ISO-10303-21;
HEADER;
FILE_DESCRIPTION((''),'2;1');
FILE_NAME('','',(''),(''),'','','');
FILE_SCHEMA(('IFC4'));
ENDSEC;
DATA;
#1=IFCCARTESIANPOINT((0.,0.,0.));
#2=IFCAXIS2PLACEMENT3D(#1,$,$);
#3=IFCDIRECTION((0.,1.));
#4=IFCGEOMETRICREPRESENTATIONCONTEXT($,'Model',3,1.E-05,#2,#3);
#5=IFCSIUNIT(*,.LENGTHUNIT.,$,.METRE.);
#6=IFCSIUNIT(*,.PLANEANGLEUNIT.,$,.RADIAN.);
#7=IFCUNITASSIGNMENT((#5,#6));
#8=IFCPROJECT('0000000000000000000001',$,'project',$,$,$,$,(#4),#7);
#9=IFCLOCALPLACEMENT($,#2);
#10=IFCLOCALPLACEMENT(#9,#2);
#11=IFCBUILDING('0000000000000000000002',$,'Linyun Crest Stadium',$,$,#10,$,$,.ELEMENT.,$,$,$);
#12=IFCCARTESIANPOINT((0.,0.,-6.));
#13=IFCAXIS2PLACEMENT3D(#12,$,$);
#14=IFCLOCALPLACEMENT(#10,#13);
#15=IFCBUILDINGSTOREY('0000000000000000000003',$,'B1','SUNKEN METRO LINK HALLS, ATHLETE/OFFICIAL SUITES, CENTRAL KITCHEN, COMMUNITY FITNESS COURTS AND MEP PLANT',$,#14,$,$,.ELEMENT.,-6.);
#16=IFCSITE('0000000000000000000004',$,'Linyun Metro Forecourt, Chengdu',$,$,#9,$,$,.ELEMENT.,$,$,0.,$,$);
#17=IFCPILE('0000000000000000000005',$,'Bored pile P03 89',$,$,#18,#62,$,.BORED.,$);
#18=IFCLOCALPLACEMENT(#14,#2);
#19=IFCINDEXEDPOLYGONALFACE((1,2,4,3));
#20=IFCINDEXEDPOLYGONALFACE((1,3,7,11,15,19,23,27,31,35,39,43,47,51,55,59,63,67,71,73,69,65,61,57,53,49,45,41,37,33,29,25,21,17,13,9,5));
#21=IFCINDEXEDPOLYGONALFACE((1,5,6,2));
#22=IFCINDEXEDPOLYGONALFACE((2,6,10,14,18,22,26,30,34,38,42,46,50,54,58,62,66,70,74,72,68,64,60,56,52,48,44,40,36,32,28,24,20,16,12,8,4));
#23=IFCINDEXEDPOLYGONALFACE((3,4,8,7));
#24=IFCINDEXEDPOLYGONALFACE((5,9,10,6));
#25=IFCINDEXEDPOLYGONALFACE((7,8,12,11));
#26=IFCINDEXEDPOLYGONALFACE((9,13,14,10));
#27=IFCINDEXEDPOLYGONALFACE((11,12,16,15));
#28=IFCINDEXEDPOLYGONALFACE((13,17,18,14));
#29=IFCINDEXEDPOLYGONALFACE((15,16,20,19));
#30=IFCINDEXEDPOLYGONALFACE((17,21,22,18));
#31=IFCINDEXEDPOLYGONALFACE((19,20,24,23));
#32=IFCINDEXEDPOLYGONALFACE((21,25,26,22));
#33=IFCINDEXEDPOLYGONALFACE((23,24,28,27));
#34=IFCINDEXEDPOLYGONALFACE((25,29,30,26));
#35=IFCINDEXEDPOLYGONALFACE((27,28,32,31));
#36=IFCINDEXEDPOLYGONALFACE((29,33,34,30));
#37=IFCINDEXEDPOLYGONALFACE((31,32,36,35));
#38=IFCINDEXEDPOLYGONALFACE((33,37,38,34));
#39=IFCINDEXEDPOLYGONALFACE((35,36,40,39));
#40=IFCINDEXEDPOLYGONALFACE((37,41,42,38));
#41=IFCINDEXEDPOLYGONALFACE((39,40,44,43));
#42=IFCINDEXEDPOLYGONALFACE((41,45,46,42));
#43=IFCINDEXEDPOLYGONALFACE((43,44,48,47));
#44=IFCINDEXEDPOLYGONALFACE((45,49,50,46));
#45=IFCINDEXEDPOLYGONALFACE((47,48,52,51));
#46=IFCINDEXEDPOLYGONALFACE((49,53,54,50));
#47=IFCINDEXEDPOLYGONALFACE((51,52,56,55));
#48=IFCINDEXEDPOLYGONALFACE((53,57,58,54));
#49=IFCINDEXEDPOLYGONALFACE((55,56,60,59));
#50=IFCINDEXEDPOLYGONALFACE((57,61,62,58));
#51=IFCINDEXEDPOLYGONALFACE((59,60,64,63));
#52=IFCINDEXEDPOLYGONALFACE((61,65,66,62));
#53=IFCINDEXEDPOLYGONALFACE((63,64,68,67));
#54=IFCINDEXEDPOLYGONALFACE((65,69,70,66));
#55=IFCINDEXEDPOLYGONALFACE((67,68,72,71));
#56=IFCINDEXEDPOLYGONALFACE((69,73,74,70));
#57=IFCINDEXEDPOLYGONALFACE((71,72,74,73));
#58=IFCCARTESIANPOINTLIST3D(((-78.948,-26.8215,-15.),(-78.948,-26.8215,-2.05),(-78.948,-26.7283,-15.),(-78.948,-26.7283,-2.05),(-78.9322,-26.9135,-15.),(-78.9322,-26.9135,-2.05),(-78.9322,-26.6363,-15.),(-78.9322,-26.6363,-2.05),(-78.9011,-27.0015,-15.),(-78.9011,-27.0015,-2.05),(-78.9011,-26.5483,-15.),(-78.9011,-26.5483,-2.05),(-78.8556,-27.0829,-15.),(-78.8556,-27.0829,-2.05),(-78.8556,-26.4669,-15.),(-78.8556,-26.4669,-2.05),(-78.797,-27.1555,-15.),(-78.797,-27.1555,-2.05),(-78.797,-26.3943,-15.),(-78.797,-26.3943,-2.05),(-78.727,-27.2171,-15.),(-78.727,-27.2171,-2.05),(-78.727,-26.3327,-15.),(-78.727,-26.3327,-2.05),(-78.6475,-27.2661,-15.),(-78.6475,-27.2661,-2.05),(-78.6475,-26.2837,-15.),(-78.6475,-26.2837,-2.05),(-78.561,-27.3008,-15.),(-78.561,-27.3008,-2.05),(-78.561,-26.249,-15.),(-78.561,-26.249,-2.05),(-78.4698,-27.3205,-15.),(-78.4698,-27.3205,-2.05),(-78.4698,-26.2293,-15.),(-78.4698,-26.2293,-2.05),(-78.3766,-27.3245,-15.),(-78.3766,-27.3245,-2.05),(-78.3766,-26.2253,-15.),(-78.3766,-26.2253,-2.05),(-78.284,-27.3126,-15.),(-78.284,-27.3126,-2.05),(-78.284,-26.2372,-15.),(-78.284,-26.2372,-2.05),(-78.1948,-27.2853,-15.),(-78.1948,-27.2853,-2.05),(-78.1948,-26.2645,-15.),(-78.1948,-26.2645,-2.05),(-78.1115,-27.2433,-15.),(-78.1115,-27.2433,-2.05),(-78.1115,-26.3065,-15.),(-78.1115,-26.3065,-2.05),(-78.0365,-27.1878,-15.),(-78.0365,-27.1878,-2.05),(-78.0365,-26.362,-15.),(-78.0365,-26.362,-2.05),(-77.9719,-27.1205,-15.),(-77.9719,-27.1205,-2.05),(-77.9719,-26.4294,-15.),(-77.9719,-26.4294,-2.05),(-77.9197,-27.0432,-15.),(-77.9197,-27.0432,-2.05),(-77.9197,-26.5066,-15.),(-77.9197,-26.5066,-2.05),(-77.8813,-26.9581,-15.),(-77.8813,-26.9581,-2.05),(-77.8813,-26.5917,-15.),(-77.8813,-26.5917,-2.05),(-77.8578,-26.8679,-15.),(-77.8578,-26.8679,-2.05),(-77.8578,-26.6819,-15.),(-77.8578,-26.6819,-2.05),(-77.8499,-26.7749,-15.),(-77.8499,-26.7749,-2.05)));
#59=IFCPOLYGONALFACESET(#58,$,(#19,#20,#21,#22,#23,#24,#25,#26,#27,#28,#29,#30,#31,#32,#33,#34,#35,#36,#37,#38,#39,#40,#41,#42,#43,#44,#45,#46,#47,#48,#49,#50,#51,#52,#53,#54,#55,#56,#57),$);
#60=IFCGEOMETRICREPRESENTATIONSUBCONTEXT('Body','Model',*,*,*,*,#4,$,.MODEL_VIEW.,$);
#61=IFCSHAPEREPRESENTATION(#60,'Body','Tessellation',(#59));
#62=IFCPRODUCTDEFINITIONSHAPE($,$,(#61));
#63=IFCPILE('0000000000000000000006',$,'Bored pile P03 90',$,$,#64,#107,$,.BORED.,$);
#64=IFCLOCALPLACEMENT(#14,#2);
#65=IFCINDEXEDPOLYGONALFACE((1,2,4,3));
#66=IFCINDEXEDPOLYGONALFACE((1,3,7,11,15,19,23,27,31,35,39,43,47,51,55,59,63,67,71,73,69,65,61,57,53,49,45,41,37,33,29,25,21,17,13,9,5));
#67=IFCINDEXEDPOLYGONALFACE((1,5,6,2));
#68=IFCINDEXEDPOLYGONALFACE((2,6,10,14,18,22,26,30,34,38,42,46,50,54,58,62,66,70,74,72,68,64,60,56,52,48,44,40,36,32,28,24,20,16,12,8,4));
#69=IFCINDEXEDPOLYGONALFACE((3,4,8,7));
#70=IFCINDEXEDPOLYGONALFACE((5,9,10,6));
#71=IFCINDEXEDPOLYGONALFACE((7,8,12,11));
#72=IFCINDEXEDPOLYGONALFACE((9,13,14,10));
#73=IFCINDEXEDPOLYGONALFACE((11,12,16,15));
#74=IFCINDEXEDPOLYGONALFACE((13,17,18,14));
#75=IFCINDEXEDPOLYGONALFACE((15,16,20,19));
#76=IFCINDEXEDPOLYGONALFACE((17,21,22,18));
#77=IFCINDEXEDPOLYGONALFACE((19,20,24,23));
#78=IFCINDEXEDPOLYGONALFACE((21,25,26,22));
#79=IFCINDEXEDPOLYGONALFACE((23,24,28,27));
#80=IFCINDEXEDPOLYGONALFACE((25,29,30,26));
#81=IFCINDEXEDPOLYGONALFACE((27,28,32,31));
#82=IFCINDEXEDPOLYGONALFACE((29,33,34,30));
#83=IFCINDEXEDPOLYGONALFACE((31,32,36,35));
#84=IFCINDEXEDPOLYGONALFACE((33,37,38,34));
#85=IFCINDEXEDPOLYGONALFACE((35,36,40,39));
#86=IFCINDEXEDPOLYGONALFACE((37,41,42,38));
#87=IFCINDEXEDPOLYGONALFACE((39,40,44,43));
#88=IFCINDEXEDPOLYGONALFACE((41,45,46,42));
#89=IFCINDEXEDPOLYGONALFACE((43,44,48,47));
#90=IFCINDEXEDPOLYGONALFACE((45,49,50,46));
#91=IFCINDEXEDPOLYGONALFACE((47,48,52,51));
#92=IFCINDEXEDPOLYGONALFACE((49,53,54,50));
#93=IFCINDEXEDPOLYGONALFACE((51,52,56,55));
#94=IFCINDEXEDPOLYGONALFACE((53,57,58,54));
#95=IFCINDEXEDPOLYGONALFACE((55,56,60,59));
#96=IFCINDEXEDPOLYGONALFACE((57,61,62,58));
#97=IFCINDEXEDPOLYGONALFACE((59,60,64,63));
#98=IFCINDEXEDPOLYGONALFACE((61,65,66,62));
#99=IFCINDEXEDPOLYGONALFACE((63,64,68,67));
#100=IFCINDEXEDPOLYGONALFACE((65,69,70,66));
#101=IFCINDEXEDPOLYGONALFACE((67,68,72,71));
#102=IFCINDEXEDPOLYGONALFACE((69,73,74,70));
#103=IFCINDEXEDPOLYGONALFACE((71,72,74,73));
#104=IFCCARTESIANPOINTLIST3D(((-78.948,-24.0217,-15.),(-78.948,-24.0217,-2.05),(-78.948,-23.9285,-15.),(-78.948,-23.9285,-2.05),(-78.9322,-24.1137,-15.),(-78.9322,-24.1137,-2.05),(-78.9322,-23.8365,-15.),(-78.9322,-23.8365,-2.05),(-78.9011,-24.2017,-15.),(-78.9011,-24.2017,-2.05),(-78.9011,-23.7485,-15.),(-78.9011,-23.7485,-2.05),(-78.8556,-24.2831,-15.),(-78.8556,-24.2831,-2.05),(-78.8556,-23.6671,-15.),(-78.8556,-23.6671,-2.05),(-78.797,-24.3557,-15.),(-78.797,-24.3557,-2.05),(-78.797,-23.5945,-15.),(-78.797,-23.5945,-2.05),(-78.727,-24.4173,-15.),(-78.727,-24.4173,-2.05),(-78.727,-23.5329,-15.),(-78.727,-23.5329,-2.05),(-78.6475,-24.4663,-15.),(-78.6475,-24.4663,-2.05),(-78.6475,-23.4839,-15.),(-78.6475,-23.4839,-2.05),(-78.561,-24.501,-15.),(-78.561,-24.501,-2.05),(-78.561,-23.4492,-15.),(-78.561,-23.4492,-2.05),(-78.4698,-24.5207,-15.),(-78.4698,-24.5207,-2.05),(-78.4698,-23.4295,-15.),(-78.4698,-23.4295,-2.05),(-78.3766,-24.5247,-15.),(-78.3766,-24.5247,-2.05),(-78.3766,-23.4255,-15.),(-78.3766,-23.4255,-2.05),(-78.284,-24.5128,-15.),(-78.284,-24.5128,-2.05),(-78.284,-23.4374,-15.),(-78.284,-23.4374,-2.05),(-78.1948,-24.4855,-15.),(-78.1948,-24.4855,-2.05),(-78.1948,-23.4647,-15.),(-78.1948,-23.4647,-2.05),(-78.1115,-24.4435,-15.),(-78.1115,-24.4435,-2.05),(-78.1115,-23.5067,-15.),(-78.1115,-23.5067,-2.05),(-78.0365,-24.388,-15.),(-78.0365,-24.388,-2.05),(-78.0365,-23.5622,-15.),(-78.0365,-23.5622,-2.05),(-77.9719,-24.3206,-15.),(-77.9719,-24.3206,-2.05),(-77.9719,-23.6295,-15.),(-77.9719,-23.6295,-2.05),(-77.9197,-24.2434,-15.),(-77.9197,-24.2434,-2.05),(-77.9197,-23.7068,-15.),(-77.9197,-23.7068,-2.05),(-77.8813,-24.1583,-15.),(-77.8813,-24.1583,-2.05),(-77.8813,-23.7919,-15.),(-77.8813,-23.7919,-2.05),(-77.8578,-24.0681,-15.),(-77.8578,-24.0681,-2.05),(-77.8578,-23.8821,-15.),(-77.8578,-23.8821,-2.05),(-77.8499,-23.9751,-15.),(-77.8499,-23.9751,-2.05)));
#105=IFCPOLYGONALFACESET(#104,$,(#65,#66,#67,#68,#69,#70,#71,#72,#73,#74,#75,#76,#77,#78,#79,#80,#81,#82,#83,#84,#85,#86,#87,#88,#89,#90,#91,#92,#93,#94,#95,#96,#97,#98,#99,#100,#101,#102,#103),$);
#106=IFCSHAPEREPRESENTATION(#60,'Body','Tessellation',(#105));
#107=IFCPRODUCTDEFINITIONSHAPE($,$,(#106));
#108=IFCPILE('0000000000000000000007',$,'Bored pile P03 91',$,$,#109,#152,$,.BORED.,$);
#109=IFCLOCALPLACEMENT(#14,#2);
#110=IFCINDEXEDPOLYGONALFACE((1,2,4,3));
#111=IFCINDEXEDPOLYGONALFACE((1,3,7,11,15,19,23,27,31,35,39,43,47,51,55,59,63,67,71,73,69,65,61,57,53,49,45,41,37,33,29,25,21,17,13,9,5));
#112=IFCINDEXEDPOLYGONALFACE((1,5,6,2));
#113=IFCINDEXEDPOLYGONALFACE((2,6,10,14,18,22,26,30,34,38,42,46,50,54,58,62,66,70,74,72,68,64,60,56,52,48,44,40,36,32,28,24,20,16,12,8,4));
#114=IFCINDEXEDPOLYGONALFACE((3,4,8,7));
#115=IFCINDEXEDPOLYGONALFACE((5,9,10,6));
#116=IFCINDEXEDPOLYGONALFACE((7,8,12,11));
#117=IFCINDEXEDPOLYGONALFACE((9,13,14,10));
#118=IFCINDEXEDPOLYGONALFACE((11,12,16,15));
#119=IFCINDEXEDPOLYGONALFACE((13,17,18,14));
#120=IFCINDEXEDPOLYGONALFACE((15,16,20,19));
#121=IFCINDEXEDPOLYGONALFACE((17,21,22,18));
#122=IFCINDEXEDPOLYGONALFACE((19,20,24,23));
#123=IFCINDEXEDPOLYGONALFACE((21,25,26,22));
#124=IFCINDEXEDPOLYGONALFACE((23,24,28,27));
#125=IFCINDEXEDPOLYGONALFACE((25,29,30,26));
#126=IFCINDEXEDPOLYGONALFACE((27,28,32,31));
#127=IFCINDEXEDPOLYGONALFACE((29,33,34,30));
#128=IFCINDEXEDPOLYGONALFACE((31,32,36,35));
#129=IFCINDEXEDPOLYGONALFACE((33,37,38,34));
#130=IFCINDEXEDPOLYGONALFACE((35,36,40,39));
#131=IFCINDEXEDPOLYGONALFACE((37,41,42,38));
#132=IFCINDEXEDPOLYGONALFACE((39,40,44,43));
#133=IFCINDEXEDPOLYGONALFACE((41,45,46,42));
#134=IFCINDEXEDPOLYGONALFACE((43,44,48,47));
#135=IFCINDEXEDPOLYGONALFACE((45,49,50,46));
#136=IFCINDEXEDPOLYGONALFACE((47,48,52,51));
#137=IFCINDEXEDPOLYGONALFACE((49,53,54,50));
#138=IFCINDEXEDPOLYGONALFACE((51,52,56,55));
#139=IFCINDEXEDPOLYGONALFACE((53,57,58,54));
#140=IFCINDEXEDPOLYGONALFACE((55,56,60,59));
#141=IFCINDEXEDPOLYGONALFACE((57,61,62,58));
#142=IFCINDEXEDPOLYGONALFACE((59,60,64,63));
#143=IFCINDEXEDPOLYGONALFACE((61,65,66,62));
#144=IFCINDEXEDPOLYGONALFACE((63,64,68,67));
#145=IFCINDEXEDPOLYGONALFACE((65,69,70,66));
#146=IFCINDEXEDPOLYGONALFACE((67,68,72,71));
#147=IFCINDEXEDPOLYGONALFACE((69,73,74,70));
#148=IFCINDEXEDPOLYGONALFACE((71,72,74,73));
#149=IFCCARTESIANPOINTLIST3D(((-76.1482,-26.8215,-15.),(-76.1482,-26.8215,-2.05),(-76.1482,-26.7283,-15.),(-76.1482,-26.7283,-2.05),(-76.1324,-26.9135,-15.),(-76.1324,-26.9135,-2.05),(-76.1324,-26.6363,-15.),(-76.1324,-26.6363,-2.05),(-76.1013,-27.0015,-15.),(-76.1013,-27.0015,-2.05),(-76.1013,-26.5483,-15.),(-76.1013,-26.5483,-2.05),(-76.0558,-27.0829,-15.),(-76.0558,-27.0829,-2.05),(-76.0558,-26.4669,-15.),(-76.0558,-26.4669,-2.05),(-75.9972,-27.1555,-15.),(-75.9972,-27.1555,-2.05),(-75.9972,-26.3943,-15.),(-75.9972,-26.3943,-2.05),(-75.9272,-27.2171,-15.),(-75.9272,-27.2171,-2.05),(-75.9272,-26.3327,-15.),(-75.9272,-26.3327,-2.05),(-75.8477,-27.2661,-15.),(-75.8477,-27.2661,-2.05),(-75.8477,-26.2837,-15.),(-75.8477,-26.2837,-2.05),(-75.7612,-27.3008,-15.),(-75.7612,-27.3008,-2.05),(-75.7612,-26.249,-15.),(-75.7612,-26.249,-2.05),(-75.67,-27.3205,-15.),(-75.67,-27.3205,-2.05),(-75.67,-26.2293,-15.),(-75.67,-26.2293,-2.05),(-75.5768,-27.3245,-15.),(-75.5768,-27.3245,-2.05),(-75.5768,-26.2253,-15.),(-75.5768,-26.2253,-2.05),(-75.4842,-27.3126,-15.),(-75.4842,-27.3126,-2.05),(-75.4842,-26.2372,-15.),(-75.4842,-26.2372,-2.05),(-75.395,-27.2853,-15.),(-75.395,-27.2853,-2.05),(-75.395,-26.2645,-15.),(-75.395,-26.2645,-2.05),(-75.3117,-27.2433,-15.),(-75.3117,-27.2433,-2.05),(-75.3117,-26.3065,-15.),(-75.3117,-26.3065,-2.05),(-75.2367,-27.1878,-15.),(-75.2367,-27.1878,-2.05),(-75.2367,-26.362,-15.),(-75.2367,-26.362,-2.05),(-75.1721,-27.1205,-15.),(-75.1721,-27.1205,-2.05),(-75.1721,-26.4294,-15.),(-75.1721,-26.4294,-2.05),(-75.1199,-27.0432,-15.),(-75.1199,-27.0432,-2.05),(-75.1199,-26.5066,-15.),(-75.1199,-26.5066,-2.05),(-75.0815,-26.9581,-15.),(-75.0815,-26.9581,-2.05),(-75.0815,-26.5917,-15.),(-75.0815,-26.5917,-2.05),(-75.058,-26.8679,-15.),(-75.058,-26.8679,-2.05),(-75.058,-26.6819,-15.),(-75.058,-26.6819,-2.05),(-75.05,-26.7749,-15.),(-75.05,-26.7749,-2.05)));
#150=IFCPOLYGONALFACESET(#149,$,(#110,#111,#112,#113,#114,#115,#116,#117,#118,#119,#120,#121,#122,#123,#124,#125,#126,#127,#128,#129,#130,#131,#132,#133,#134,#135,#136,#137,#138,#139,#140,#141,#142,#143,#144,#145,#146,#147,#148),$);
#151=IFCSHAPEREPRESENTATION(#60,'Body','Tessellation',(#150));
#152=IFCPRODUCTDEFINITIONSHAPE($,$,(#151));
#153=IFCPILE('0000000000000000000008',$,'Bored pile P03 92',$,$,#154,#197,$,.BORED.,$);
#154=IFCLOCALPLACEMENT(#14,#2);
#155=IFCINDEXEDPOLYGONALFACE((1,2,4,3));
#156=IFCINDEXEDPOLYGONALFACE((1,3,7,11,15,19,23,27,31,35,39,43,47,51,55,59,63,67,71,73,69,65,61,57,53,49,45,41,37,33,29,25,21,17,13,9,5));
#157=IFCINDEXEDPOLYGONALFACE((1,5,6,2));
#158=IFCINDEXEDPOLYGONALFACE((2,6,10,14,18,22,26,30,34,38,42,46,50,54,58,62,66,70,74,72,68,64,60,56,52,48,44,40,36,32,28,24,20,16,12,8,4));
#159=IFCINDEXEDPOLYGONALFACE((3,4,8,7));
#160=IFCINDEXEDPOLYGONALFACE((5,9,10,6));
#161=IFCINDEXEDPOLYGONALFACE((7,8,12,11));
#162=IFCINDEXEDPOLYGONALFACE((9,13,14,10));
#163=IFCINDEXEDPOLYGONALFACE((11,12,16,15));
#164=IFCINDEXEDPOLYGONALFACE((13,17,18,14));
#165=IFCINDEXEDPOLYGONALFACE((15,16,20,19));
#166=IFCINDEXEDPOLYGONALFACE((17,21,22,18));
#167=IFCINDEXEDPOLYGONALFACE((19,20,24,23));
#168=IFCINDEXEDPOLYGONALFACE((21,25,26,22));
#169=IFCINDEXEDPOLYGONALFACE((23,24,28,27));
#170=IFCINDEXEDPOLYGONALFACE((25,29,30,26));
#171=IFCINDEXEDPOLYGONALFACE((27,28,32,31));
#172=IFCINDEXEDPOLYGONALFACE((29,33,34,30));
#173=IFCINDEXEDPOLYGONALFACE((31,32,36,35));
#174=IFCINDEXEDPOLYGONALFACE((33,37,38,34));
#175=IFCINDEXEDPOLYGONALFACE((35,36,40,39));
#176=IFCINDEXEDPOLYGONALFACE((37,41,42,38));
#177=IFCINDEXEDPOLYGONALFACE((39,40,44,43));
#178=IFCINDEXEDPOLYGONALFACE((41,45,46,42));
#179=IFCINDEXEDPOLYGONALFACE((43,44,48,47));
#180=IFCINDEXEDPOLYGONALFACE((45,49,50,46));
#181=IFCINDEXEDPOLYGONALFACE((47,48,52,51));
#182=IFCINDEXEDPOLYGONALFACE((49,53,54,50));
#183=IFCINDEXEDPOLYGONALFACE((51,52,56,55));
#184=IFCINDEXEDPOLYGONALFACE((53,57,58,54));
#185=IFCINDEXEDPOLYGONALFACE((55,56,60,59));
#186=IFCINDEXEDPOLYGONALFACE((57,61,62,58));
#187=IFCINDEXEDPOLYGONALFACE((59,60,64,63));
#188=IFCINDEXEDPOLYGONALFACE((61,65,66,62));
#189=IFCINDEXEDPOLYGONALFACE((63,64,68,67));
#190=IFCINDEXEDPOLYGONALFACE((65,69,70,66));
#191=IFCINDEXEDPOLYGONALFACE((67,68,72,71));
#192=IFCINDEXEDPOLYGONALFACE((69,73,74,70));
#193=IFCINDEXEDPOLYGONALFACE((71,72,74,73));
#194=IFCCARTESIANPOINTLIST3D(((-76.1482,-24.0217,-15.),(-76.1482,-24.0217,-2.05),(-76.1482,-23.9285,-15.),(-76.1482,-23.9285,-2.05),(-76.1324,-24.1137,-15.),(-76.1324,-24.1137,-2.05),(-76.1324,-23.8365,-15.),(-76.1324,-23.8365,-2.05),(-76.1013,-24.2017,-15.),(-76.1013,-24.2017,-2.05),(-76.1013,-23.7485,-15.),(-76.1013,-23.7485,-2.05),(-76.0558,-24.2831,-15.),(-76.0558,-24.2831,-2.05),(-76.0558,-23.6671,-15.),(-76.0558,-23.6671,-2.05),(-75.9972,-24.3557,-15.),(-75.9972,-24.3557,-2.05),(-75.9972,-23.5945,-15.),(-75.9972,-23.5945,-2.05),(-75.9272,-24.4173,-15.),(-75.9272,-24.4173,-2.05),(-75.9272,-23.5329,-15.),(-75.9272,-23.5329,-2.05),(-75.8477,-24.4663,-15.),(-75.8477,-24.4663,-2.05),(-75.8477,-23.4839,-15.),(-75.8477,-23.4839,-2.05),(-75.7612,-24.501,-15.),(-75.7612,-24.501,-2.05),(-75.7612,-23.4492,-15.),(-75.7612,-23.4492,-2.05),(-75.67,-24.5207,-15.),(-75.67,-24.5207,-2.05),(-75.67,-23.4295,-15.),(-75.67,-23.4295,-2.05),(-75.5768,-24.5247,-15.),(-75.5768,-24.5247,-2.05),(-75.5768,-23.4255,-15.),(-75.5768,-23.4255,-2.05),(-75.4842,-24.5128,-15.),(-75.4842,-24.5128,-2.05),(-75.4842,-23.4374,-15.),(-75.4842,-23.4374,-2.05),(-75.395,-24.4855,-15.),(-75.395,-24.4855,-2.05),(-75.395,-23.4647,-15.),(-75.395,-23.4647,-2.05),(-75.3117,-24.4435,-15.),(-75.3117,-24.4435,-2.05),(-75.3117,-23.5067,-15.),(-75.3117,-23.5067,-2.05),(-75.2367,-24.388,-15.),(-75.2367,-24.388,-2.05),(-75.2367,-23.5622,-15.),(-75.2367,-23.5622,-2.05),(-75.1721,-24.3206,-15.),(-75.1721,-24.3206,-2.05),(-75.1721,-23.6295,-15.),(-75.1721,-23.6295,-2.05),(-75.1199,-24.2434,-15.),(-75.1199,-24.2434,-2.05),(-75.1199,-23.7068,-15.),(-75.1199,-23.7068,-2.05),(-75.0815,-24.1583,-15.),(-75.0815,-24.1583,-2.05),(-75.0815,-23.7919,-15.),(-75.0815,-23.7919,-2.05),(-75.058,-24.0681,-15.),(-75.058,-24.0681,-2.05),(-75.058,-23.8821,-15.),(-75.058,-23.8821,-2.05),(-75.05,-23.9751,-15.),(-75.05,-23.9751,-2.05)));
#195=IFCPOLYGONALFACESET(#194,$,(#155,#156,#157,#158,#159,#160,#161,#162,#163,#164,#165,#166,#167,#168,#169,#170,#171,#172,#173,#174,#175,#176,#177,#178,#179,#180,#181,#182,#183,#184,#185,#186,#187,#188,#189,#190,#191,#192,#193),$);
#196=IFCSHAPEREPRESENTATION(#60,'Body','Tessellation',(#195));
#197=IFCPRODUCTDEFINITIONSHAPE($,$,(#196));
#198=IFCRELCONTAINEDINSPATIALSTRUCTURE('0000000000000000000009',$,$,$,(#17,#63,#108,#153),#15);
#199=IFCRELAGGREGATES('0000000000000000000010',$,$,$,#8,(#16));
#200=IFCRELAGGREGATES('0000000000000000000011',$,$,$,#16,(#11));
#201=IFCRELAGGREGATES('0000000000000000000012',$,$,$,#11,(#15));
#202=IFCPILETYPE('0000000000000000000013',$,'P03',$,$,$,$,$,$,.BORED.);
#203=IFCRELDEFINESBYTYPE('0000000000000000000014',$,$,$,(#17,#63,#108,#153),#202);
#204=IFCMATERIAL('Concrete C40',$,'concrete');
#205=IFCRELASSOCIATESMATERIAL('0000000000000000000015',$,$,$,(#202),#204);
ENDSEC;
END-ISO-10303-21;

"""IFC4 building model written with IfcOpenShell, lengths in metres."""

from ifc_helpers import new_model, si_unit, direction, frame, origin, origin_2d, place, context, subcontext, project, spatial, circle, extrude, material, material_profile, profile_set, type_object, element, save


model = new_model("IFC4")

# Units and contexts
model_context = context("Model", 3, precision=1e-05, world=origin(), true_north=direction((0.0, 1.0)))
body_context = subcontext(model_context, "Body", "Model", "MODEL_VIEW")
ifc_project = project(units=[si_unit("LENGTHUNIT", "METRE"), si_unit("PLANEANGLEUNIT", "RADIAN")], contexts=[model_context])

# Site, building, storey
site_placement = place(None, origin())
site = spatial("IfcSite", under=ifc_project, at=site_placement, Name="Linyun Metro Forecourt, Chengdu", CompositionType="ELEMENT", RefElevation=0.0)
building_placement = place(site_placement, origin())
building = spatial("IfcBuilding", under=site, at=building_placement, Name="Linyun Crest Stadium", CompositionType="ELEMENT")
storey_placement = place(building_placement, frame((0.0, 0.0, -6.0)))
storey = spatial("IfcBuildingStorey", under=building, at=storey_placement, Name="B1", Description="SUNKEN METRO LINK HALLS, ATHLETE/OFFICIAL SUITES, CENTRAL KITCHEN, COMMUNITY FITNESS COURTS AND MEP PLANT", CompositionType="ELEMENT", Elevation=-6.0)

# Piles
ifc_material_1 = material(Name="Concrete C40", Category="concrete")
ifc_material_profile_1 = material_profile(ifc_material_1, circle(Radius=0.55, at=origin_2d()), Name="BORED PILE 1100")
ifc_profile_set_1 = profile_set([ifc_material_profile_1], Name="Concrete C40")
pile_type_1 = type_object("IfcPileType", Name="P03", PredefinedType="BORED", material=ifc_profile_set_1)
for number, where, z_axis, x_axis, name in (
    (1, (-78.3999, -26.7749, -2.05), (0.0, 0.0, -1.0), (1.0, 0.0, 0.0), "Bored pile P03 89"),
    (2, (-78.3999, -23.9751, -2.05), (0.0, 0.0, -1.0), (1.0, 0.0, 0.0), "Bored pile P03 90"),
    (3, (-75.6001, -26.7749, -2.05), (0.0, 0.0, -1.0), (1.0, 0.0, 0.0), "Bored pile P03 91"),
    (4, (-75.6001, -23.9751, -2.05), (0.0, 0.0, -1.0), (1.0, 0.0, 0.0), "Bored pile P03 92"),
):
    element("IfcPile", number, at=place(storey_placement, frame(where, z_axis=z_axis, x_axis=x_axis)), inside=storey, type_object=pile_type_1, Name=name, PredefinedType="BORED", context=body_context, shape_type="SweptSolid", body=[
        extrude(circle(Radius=0.55, at=origin_2d()), origin(), (0.0, 0.0, 1.0), 12.95),
    ])

save(model, "model.ifc")
